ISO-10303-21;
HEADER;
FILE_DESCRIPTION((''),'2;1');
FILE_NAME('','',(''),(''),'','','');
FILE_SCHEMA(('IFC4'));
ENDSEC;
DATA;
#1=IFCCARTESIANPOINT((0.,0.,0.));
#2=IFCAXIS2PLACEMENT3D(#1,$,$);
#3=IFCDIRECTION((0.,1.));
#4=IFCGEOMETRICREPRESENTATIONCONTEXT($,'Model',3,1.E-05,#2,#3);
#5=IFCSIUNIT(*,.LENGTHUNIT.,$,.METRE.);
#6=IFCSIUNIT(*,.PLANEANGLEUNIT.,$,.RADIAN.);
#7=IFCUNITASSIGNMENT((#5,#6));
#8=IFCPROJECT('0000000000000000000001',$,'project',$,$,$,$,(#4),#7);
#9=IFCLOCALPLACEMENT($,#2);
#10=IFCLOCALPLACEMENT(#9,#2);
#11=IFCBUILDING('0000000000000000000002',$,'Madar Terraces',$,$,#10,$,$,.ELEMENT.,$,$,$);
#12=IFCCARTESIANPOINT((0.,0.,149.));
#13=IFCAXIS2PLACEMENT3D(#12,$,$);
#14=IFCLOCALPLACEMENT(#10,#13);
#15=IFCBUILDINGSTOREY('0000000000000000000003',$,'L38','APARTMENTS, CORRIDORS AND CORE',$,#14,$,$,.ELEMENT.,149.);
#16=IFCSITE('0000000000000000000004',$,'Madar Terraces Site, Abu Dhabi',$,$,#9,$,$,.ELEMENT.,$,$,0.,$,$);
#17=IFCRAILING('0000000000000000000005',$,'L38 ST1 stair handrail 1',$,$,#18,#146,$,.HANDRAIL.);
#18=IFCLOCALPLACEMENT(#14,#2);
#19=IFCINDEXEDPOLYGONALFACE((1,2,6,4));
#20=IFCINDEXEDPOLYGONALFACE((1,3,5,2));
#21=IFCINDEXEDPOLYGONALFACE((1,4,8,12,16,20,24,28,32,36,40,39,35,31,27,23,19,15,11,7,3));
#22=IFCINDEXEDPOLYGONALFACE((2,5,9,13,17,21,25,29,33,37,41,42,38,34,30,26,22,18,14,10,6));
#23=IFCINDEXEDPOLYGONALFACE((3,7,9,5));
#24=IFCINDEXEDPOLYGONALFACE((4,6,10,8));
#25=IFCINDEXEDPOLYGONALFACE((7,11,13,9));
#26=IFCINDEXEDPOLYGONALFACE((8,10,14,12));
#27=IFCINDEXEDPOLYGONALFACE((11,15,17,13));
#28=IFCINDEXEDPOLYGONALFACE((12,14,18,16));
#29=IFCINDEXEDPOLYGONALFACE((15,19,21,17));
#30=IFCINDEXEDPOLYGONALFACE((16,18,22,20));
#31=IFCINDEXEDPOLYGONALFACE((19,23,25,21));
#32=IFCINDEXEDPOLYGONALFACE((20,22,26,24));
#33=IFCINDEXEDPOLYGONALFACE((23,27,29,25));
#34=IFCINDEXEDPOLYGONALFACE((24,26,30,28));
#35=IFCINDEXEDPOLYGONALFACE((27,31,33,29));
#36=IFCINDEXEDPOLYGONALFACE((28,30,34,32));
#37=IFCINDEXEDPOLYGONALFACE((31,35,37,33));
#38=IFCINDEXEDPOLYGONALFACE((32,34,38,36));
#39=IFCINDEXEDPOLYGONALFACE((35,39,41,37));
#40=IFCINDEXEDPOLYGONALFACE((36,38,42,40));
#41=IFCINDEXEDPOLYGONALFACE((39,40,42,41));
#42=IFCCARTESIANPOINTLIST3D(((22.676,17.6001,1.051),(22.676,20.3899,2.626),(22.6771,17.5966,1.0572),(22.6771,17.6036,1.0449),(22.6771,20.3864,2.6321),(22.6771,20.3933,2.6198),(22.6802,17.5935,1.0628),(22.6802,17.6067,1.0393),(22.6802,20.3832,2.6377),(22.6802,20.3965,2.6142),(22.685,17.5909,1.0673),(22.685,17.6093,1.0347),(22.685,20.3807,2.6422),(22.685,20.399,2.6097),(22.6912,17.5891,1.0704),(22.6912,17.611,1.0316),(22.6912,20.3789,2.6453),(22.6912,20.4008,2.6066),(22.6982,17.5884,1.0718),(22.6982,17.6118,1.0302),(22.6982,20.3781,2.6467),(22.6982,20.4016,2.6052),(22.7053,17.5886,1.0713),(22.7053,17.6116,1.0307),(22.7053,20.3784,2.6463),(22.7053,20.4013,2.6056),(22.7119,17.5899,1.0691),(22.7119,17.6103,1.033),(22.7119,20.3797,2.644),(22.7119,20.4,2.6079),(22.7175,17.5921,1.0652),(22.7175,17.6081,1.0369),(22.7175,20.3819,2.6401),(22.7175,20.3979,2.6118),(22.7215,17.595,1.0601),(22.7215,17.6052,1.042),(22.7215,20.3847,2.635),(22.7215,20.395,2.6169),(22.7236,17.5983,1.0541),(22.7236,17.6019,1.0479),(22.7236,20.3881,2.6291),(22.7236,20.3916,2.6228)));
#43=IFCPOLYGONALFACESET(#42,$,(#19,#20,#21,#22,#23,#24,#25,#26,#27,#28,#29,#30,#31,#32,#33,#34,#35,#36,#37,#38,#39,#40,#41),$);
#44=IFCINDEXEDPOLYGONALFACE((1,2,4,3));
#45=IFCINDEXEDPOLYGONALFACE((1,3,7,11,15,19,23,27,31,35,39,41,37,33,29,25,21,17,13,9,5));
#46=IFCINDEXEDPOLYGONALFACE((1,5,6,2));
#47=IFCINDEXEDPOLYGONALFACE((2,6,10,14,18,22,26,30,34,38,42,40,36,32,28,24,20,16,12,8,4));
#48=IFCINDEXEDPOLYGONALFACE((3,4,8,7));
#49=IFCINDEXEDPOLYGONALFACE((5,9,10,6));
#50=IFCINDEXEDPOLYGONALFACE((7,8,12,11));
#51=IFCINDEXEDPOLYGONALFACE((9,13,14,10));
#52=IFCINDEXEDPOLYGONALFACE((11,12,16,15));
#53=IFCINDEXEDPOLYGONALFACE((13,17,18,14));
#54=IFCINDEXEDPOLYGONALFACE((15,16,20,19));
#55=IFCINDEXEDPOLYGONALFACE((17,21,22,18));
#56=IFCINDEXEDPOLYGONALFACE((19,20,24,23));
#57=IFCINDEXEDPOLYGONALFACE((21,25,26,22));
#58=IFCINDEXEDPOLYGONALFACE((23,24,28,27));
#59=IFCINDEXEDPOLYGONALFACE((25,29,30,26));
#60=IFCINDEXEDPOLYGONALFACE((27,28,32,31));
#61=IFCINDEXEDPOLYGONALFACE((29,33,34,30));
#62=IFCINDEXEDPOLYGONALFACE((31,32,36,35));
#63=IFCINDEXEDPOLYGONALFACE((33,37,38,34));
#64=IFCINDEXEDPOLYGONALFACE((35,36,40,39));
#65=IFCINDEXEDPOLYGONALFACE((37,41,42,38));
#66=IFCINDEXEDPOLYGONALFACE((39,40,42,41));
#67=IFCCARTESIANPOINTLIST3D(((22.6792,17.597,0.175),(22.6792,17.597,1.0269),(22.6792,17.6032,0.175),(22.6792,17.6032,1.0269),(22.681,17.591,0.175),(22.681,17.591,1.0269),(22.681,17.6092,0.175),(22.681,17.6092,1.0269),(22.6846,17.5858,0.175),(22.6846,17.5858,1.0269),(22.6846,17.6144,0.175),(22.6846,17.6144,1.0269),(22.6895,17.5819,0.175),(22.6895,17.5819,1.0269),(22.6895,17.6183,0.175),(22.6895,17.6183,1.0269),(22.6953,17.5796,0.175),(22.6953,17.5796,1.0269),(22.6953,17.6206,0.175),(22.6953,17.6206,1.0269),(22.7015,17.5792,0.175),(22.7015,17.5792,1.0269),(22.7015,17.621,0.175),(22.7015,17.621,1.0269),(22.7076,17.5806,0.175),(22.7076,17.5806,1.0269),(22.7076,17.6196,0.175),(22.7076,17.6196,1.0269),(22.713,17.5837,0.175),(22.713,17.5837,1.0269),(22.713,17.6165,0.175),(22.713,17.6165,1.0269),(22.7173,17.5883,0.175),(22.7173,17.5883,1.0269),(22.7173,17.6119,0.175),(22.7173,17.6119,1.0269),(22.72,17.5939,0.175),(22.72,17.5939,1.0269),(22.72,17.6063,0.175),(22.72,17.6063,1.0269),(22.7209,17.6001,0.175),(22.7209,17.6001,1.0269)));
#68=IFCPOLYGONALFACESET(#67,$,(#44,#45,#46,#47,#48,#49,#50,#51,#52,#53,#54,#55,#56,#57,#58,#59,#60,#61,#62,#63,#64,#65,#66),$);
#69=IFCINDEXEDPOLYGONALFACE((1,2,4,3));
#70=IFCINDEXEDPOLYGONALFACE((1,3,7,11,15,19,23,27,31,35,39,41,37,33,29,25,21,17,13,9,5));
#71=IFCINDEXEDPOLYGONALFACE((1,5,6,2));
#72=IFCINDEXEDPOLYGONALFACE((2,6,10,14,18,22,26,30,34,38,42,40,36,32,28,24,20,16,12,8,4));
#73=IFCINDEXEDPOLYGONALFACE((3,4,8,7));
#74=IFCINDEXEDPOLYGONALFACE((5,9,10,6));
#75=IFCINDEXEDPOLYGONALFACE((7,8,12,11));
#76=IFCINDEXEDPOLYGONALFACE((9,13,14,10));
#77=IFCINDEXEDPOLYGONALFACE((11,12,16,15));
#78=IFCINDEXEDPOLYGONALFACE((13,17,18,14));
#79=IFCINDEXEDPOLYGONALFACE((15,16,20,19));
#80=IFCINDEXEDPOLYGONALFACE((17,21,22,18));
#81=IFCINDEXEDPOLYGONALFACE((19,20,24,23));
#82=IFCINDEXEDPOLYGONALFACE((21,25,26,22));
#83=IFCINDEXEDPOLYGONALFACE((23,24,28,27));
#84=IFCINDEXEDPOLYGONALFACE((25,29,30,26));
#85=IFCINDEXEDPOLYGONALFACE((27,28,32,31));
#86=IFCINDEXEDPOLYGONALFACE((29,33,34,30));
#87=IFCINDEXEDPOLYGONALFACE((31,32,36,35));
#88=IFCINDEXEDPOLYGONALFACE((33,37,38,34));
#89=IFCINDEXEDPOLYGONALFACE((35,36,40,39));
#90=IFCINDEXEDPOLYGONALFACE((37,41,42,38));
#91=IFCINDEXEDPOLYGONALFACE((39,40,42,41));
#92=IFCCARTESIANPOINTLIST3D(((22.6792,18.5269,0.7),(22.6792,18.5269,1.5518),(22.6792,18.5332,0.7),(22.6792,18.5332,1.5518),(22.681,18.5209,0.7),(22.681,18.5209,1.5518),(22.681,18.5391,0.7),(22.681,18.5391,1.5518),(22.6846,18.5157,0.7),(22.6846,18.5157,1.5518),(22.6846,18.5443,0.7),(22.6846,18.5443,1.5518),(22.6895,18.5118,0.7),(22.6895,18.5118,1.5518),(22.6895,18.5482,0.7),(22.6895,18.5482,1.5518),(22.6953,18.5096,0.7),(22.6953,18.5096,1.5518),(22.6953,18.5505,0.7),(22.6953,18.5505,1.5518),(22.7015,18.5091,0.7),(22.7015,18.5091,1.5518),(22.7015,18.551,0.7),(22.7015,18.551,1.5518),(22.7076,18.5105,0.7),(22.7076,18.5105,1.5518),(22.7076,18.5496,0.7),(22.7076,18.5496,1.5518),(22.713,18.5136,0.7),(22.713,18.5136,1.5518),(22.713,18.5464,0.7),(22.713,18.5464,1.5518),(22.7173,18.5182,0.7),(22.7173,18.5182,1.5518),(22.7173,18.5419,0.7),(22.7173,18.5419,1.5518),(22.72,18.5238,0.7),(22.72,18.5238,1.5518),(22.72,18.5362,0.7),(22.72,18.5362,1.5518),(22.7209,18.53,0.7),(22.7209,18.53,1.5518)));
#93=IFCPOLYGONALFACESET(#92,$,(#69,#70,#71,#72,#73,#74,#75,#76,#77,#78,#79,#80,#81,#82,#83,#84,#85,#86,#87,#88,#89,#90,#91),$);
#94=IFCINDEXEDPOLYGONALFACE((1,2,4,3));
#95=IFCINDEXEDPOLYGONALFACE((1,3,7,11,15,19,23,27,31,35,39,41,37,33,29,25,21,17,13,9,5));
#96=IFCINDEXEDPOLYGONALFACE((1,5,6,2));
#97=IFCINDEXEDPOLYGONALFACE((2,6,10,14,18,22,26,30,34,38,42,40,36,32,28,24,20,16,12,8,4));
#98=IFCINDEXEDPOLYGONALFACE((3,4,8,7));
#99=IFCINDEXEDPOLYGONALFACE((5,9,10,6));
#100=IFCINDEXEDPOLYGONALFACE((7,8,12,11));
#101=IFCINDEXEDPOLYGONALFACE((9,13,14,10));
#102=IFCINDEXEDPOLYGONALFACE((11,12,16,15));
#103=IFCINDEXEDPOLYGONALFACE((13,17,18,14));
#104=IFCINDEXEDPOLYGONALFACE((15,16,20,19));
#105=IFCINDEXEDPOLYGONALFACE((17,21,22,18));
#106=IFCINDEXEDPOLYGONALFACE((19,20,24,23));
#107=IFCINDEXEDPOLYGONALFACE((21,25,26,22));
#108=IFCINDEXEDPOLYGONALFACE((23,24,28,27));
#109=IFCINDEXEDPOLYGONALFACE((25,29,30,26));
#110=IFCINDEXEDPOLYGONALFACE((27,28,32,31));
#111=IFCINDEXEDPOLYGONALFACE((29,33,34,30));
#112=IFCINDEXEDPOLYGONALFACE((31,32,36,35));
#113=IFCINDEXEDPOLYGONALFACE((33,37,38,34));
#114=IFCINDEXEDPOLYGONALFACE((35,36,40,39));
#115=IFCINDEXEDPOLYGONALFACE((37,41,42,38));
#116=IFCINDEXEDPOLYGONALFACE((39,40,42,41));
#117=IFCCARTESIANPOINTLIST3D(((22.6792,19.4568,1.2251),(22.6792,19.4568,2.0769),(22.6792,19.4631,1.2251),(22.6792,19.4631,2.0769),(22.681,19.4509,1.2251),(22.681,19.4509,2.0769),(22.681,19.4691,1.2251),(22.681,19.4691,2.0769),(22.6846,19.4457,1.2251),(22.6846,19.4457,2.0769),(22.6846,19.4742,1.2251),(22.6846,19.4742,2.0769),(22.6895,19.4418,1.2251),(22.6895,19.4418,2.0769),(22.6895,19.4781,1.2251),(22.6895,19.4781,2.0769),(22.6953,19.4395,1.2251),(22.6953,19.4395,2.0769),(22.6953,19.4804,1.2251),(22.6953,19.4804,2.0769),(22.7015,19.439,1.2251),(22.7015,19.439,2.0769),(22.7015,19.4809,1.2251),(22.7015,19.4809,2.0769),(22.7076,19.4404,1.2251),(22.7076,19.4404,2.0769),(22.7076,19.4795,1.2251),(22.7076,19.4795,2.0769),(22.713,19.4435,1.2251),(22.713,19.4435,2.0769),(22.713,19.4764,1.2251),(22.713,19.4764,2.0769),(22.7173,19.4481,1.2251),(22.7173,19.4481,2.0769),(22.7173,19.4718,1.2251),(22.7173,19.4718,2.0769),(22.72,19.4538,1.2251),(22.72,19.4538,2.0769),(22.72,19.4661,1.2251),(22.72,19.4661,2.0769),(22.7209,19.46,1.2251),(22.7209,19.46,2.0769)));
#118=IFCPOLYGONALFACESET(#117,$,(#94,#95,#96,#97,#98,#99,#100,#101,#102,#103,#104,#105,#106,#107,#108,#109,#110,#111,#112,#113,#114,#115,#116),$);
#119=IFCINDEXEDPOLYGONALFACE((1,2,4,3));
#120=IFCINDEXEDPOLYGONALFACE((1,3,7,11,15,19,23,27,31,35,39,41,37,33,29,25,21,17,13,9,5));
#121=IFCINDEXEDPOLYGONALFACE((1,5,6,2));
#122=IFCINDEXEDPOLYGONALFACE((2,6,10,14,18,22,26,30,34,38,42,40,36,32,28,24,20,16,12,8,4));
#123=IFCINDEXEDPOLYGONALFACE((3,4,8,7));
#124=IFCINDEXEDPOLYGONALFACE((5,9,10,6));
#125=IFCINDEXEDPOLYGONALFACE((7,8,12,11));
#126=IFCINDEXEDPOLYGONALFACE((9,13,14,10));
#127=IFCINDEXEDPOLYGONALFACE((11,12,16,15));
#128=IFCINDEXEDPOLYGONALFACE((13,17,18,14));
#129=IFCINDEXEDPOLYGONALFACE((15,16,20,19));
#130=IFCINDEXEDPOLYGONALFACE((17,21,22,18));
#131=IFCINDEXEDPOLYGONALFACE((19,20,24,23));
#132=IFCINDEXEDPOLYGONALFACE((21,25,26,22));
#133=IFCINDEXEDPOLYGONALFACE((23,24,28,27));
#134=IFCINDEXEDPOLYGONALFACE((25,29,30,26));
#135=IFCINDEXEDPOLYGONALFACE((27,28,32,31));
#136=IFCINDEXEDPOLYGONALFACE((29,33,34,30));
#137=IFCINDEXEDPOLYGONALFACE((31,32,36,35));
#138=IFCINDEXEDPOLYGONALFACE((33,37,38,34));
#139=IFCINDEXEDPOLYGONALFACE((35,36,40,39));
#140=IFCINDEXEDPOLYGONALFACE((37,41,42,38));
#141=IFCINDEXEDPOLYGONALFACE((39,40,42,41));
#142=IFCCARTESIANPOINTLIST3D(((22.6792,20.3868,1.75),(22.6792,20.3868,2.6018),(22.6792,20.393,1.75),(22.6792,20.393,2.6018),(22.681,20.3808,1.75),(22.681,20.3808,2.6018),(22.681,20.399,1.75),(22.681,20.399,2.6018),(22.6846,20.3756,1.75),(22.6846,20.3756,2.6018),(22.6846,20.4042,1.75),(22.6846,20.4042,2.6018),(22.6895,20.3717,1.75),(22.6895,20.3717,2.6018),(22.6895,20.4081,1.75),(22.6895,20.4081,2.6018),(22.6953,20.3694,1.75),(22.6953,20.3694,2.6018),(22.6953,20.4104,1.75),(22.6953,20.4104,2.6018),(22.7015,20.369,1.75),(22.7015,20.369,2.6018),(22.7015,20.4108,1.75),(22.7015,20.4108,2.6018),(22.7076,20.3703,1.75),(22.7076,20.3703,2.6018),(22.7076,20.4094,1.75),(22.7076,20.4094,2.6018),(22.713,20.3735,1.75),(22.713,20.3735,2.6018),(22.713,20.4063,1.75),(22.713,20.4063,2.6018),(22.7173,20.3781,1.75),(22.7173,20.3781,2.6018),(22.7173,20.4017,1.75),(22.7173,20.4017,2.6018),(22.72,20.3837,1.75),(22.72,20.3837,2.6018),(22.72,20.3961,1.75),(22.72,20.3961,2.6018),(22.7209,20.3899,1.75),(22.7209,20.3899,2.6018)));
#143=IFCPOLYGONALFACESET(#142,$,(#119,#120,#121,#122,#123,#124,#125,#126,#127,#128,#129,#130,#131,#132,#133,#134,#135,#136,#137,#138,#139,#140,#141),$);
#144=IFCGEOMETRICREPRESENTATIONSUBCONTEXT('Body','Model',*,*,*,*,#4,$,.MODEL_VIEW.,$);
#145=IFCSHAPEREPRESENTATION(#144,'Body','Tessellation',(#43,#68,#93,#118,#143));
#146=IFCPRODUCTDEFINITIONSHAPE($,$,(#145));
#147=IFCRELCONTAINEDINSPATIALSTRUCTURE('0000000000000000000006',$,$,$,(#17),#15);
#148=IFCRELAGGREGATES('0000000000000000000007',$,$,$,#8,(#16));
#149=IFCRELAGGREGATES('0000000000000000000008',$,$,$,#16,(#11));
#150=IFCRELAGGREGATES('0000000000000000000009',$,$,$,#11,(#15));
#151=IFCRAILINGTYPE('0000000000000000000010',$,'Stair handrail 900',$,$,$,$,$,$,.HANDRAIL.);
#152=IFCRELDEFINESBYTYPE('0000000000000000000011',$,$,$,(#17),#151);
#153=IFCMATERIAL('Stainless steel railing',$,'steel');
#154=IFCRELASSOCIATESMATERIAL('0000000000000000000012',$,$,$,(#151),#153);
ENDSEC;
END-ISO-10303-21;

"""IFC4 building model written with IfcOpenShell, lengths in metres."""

from ifc_helpers import new_model, si_unit, direction, frame, origin, origin_2d, place, context, subcontext, project, spatial, circle, extrude, material, type_object, element, save


model = new_model("IFC4")

# Units and contexts
model_context = context("Model", 3, precision=1e-05, world=origin(), true_north=direction((0.0, 1.0)))
body_context = subcontext(model_context, "Body", "Model", "MODEL_VIEW")
ifc_project = project(units=[si_unit("LENGTHUNIT", "METRE"), si_unit("PLANEANGLEUNIT", "RADIAN")], contexts=[model_context])

# Site, building, storey
site_placement = place(None, origin())
site = spatial("IfcSite", under=ifc_project, at=site_placement, Name="Madar Terraces Site, Abu Dhabi", CompositionType="ELEMENT", RefElevation=0.0)
building_placement = place(site_placement, origin())
building = spatial("IfcBuilding", under=site, at=building_placement, Name="Madar Terraces", CompositionType="ELEMENT")
storey_placement = place(building_placement, frame((0.0, 0.0, 149.0)))
storey = spatial("IfcBuildingStorey", under=building, at=storey_placement, Name="L38", Description="APARTMENTS, CORRIDORS AND CORE", CompositionType="ELEMENT", Elevation=149.0)

# Railing
ifc_material_1 = material(Name="Stainless steel railing", Category="steel")
railing_type_1 = type_object("IfcRailingType", Name="Stair handrail 900", PredefinedType="HANDRAIL", material=ifc_material_1)
railing_1_placement = place(storey_placement, frame((22.7, 17.6001, 0.175)))
element("IfcRailing", 1, at=railing_1_placement, inside=storey, type_object=railing_type_1, Name="L38 ST1 stair handrail 1", PredefinedType="HANDRAIL", context=body_context, shape_type="SweptSolid", body=[
    extrude(circle(Radius=0.0239, at=origin_2d()), frame((0.0, 0.0, 0.876), z_axis=(0.0, 0.870815, 0.49161), x_axis=(-1.0, 0.0, 0.0)), (0.0, 0.0, 1.0), 3.2036),
    extrude(circle(Radius=0.021, at=origin_2d()), origin(), (0.0, 0.0, 1.0), 0.8518),
    extrude(circle(Radius=0.021, at=origin_2d()), frame((0.0, 0.9299, 0.5249)), (0.0, 0.0, 1.0), 0.8518),
    extrude(circle(Radius=0.021, at=origin_2d()), frame((0.0, 1.8599, 1.05)), (0.0, 0.0, 1.0), 0.8518),
    extrude(circle(Radius=0.021, at=origin_2d()), frame((0.0, 2.7898, 1.575)), (0.0, 0.0, 1.0), 0.8518),
])

save(model, "model.ifc")
